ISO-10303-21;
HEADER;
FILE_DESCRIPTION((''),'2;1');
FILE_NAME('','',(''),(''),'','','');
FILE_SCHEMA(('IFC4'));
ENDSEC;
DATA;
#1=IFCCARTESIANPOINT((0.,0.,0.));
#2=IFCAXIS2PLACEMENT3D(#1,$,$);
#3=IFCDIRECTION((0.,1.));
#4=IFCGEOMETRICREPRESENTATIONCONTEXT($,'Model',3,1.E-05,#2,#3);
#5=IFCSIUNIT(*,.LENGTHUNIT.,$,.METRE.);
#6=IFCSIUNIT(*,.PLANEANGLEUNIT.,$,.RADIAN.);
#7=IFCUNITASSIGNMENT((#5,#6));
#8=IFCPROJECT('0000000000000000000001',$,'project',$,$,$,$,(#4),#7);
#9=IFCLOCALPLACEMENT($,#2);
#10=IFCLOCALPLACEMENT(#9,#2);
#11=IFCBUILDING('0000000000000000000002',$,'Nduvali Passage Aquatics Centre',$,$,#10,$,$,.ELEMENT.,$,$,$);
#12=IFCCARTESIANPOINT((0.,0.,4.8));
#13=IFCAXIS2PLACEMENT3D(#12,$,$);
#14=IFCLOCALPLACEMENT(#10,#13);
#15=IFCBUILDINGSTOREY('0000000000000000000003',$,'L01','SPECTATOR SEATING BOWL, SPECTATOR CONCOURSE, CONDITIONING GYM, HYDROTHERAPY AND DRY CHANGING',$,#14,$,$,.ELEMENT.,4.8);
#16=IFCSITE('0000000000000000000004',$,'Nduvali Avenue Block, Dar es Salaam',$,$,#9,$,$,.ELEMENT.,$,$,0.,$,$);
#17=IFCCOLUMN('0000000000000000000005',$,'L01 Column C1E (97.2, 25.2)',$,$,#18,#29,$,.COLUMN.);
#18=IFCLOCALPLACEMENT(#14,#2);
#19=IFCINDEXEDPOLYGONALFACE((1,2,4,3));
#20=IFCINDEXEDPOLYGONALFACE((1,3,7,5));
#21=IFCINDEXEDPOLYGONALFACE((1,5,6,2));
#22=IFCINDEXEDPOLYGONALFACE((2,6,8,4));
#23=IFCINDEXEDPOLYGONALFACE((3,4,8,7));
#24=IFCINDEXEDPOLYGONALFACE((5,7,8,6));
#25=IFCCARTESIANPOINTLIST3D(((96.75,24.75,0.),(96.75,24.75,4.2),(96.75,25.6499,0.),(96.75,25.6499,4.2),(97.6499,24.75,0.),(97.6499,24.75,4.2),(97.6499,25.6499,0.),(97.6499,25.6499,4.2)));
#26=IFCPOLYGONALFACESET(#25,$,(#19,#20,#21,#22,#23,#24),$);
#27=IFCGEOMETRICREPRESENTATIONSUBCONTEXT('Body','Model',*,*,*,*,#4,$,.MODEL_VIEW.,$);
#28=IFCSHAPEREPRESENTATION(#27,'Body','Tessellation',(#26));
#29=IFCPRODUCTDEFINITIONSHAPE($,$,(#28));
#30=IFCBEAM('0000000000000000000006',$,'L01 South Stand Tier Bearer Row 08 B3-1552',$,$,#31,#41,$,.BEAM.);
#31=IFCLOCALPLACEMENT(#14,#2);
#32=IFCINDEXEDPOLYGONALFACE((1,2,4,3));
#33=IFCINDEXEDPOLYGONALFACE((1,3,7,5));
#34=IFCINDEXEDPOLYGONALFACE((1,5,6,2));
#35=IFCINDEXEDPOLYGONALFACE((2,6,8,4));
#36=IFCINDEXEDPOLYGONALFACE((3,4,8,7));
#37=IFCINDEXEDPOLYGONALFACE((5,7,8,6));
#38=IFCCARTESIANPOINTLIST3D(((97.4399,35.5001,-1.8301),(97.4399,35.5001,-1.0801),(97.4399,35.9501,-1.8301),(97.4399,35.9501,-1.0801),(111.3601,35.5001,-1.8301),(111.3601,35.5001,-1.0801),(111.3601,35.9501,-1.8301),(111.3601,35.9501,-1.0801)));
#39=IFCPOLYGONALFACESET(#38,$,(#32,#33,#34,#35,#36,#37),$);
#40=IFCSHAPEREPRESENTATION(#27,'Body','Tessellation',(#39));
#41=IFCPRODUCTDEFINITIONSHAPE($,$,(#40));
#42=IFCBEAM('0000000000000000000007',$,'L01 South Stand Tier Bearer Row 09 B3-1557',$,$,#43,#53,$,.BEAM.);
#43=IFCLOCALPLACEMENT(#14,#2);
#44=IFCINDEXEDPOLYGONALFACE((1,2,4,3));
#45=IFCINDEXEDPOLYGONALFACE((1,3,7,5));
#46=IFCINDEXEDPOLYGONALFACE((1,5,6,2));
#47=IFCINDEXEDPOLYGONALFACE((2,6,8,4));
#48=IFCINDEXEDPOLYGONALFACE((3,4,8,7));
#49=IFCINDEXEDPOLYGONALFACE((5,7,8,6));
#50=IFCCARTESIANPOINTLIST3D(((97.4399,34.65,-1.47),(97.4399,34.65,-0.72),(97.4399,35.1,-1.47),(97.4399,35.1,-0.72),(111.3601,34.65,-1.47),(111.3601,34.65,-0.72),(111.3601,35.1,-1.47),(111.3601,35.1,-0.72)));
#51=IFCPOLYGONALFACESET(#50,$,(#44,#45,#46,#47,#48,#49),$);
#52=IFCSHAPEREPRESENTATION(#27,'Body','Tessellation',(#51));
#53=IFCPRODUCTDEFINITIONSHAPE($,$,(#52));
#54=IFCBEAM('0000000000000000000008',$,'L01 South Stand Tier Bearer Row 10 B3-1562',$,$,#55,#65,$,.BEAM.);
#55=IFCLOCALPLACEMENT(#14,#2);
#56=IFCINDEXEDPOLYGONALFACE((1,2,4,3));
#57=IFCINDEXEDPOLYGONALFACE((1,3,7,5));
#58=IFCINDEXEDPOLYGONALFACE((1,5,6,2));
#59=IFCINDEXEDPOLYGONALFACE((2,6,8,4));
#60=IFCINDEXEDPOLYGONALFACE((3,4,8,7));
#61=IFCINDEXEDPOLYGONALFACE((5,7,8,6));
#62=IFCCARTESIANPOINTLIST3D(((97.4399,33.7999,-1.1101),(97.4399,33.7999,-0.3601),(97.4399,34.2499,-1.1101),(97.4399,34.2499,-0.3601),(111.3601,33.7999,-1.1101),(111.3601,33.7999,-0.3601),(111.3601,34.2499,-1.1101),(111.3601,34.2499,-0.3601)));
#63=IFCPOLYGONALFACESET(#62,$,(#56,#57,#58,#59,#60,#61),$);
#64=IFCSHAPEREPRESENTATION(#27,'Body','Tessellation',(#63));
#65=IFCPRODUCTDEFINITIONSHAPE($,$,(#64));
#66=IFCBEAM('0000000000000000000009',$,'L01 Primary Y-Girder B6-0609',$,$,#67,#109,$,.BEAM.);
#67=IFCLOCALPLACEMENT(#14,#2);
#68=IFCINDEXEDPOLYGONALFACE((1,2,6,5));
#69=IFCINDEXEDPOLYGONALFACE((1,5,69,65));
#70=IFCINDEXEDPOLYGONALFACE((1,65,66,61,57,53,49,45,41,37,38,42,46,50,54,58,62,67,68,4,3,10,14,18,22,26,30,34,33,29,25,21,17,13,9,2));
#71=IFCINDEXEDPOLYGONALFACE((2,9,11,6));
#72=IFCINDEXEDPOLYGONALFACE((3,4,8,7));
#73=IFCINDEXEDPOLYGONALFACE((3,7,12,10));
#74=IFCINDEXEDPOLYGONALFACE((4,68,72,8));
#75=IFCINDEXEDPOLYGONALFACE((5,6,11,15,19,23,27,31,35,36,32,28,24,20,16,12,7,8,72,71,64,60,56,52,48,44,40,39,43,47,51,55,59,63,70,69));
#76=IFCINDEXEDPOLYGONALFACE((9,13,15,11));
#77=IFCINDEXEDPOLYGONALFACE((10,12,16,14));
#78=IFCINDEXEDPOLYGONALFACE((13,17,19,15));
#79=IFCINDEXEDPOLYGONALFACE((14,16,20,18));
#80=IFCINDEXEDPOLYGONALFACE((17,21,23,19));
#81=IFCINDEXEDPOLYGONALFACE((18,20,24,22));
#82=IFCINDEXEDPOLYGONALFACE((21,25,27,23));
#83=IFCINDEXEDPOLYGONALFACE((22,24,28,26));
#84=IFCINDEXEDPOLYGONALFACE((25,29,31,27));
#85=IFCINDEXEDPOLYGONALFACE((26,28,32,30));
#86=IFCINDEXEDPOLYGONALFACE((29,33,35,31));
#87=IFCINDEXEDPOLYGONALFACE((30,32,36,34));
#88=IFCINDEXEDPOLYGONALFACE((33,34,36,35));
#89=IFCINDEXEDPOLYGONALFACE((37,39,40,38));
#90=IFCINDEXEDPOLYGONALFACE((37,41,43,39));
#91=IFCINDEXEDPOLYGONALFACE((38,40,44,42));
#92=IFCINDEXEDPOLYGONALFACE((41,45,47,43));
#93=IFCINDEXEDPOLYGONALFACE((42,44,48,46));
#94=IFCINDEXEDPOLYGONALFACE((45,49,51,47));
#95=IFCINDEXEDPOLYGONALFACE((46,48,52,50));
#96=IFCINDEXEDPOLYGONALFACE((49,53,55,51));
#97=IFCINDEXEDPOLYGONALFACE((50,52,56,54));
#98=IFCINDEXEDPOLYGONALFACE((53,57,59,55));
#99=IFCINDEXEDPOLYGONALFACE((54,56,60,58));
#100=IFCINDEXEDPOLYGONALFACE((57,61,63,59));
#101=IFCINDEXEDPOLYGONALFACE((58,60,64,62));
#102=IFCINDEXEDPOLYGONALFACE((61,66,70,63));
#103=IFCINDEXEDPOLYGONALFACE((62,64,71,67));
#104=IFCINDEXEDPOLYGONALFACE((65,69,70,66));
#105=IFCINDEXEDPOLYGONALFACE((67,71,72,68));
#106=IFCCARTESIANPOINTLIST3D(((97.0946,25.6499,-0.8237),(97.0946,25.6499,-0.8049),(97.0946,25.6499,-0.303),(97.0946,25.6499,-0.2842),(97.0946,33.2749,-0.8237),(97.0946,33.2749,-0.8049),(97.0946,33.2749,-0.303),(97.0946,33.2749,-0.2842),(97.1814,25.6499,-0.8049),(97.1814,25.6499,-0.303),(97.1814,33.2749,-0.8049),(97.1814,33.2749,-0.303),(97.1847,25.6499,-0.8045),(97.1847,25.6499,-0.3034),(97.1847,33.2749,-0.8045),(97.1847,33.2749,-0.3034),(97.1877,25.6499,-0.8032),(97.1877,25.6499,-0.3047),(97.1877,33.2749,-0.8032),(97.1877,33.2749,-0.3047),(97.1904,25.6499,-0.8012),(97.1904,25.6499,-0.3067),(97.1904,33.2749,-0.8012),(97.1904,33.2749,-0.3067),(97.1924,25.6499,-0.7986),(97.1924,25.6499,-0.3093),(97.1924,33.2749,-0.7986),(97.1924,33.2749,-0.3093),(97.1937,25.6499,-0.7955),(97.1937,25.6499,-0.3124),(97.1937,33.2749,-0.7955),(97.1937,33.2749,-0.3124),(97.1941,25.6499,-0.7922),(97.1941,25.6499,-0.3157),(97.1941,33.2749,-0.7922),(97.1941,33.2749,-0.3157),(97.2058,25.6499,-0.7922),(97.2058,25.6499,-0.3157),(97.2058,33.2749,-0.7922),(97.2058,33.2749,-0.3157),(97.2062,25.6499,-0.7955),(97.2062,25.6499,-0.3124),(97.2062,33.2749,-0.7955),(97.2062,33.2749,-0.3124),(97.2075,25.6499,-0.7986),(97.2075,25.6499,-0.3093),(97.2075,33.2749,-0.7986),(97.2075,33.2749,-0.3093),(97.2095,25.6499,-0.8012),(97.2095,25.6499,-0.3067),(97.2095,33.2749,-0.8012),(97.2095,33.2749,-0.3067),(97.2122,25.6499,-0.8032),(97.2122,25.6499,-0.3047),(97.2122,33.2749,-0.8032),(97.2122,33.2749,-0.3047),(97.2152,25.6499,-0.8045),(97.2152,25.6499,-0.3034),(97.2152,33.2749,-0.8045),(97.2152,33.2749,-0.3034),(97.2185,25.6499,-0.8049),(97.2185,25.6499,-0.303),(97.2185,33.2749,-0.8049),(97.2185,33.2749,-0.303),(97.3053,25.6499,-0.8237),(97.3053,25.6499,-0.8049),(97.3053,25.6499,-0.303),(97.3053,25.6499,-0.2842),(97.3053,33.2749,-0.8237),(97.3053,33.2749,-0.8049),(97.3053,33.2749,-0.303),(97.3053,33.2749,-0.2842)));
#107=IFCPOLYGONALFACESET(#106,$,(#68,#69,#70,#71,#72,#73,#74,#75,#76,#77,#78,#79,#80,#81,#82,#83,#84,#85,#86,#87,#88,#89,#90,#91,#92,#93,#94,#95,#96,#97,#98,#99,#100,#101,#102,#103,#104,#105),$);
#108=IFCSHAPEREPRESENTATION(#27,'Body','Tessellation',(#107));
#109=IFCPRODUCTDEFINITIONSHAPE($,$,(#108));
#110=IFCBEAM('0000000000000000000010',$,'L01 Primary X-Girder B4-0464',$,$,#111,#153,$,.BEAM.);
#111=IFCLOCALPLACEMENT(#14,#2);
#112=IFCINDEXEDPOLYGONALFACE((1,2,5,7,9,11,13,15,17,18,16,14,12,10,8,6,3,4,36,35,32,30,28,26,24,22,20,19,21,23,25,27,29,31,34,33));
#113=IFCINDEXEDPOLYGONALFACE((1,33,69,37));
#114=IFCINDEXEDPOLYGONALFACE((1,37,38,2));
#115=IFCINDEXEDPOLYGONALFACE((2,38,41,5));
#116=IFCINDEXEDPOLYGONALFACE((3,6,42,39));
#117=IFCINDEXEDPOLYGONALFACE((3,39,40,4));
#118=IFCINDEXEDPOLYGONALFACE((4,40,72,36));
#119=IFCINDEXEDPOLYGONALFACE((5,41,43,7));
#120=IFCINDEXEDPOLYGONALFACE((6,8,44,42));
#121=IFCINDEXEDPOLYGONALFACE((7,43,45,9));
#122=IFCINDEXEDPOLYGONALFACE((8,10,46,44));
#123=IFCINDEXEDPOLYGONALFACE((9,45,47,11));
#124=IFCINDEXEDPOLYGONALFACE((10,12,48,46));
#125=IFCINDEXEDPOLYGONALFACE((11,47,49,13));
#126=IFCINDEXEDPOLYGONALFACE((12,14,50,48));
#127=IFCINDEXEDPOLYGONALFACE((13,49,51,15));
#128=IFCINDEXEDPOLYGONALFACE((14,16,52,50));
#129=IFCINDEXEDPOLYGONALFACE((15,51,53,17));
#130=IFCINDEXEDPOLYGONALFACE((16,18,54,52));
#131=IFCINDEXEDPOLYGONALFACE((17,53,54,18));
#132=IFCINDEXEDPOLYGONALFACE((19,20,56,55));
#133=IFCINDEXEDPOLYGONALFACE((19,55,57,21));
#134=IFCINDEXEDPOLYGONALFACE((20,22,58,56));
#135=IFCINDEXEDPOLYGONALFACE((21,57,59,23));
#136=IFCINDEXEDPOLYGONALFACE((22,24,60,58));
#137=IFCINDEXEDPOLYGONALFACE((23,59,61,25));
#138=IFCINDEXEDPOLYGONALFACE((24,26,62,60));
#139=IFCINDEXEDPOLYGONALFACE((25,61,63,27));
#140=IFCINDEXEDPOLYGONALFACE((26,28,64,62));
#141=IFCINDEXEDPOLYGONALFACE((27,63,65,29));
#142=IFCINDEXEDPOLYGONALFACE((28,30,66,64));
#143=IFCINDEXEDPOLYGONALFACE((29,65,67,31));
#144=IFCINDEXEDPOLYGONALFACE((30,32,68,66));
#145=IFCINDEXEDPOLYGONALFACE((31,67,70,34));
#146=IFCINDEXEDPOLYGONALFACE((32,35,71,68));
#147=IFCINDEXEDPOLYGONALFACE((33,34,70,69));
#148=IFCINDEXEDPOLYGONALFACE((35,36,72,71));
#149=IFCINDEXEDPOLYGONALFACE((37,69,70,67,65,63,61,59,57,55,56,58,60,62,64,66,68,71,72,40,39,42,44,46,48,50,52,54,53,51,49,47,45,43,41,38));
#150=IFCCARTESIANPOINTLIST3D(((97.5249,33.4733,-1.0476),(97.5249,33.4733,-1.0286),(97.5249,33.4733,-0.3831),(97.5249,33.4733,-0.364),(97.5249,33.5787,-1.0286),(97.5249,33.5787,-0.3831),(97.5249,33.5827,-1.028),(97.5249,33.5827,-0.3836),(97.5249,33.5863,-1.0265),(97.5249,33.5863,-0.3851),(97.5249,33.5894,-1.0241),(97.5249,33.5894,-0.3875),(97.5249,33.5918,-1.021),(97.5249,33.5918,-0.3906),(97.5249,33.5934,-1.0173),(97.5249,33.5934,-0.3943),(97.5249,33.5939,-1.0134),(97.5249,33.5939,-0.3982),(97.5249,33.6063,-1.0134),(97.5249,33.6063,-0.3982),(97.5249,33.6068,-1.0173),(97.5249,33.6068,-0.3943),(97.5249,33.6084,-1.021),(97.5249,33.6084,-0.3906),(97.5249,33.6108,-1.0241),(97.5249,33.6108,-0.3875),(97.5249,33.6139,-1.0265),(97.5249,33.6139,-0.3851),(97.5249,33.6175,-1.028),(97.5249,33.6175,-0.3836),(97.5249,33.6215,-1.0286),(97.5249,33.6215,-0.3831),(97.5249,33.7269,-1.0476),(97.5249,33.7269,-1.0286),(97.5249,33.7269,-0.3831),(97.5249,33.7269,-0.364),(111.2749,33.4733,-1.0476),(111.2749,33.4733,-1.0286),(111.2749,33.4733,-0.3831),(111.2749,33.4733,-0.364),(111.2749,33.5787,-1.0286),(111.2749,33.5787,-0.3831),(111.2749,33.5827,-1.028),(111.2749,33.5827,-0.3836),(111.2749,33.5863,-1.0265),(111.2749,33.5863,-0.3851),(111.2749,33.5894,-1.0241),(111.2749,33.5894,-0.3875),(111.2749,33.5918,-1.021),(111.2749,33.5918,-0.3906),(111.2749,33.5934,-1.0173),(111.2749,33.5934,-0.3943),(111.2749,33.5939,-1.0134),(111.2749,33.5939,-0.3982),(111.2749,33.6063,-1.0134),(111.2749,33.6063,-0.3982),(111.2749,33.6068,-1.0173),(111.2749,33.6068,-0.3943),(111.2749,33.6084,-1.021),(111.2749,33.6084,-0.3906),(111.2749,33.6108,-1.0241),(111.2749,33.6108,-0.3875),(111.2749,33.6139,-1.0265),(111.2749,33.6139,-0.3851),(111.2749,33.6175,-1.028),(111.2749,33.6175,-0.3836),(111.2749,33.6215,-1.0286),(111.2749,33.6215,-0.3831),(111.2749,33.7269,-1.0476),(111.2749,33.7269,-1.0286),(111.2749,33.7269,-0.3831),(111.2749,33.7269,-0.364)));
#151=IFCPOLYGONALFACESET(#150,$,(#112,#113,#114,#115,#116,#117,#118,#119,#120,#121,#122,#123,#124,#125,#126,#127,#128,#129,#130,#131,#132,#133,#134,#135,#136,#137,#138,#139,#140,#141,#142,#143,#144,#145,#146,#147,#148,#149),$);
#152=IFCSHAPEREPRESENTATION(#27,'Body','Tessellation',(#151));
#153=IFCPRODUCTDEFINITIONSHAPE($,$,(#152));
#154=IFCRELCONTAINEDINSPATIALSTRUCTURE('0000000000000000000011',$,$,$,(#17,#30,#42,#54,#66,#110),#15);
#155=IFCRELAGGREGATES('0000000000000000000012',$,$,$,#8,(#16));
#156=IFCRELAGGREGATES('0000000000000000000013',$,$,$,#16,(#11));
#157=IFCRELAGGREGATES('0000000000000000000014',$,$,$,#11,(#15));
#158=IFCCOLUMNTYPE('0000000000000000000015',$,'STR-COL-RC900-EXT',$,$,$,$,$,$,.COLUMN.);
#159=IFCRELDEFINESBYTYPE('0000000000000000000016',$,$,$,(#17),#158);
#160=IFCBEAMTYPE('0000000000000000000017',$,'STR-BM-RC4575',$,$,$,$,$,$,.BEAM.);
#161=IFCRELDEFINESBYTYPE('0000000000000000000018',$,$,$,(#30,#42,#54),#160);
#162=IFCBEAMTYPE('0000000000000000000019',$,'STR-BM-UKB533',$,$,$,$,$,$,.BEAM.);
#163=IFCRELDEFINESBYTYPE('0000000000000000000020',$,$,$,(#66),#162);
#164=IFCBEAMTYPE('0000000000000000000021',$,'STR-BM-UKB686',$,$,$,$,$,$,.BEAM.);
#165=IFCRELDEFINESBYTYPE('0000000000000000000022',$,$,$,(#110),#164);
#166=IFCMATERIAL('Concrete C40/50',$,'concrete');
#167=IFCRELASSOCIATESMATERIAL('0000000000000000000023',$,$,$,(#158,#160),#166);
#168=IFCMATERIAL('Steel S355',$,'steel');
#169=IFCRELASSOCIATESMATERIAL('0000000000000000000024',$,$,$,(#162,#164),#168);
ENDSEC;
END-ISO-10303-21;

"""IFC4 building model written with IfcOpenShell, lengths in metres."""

from ifc_helpers import new_model, si_unit, direction, frame, origin, origin_2d, place, context, subcontext, project, spatial, rectangle, i_section, extrude, material, material_profile, profile_set, type_object, element, save


model = new_model("IFC4")

# Units and contexts
model_context = context("Model", 3, precision=1e-05, world=origin(), true_north=direction((0.0, 1.0)))
body_context = subcontext(model_context, "Body", "Model", "MODEL_VIEW")
ifc_project = project(units=[si_unit("LENGTHUNIT", "METRE"), si_unit("PLANEANGLEUNIT", "RADIAN")], contexts=[model_context])

# Site, building, storey
site_placement = place(None, origin())
site = spatial("IfcSite", under=ifc_project, at=site_placement, Name="Nduvali Avenue Block, Dar es Salaam", CompositionType="ELEMENT", RefElevation=0.0)
building_placement = place(site_placement, origin())
building = spatial("IfcBuilding", under=site, at=building_placement, Name="Nduvali Passage Aquatics Centre", CompositionType="ELEMENT")
storey_placement = place(building_placement, frame((0.0, 0.0, 4.8)))
storey = spatial("IfcBuildingStorey", under=building, at=storey_placement, Name="L01", Description="SPECTATOR SEATING BOWL, SPECTATOR CONCOURSE, CONDITIONING GYM, HYDROTHERAPY AND DRY CHANGING", CompositionType="ELEMENT", Elevation=4.8)

# Column
ifc_material_1 = material(Name="Concrete C40/50", Category="concrete")
ifc_material_profile_1 = material_profile(ifc_material_1, rectangle(XDim=0.8999, YDim=0.8999, at=origin_2d()), Name="RC 900x900")
ifc_profile_set_1 = profile_set([ifc_material_profile_1], Name="Concrete C40/50")
column_type = type_object("IfcColumnType", Name="STR-COL-RC900-EXT", PredefinedType="COLUMN", material=ifc_profile_set_1)
column_placement = place(storey_placement, frame((97.2, 25.2, 0.0), z_axis=(0.0, 0.0, 1.0), x_axis=(1.0, 0.0, 0.0)))
element("IfcColumn", 1, at=column_placement, inside=storey, type_object=column_type, Name="L01 Column C1E (97.2, 25.2)", PredefinedType="COLUMN", context=body_context, shape_type="SweptSolid", body=[
    extrude(rectangle(XDim=0.8999, YDim=0.8999, at=origin_2d()), origin(), (0.0, 0.0, 1.0), 4.2),
])

# Beams
ifc_material_profile_2 = material_profile(ifc_material_1, rectangle(XDim=0.45, YDim=0.75, at=origin_2d()), Name="RC 450x750")
ifc_profile_set_2 = profile_set([ifc_material_profile_2], Name="Concrete C40/50")
beam_type_1 = type_object("IfcBeamType", Name="STR-BM-RC4575", PredefinedType="BEAM", material=ifc_profile_set_2)
for number, where, z_axis, x_axis, name in (
    (2, (97.4399, 35.7251, -1.4551), (1.0, 0.0, 0.0), (0.0, 1.0, 0.0), "L01 South Stand Tier Bearer Row 08 B3-1552"),
    (3, (97.4399, 34.875, -1.095), (1.0, 0.0, 0.0), (0.0, 1.0, 0.0), "L01 South Stand Tier Bearer Row 09 B3-1557"),
    (4, (97.4399, 34.0249, -0.7351), (1.0, 0.0, 0.0), (0.0, 1.0, 0.0), "L01 South Stand Tier Bearer Row 10 B3-1562"),
):
    element("IfcBeam", number, at=place(storey_placement, frame(where, z_axis=z_axis, x_axis=x_axis)), inside=storey, type_object=beam_type_1, Name=name, PredefinedType="BEAM", context=body_context, shape_type="SweptSolid", body=[
        extrude(rectangle(XDim=0.45, YDim=0.75, at=origin_2d()), origin(), (0.0, 0.0, 1.0), 13.9202),
    ])
ifc_material_2 = material(Name="Steel S355", Category="steel")
ifc_material_profile_3 = material_profile(ifc_material_2, i_section(OverallWidth=0.2107, OverallDepth=0.5396, WebThickness=0.0117, FlangeThickness=0.0188, FilletRadius=0.0127, at=origin_2d()), Name="UKB 533x210x109")
ifc_profile_set_3 = profile_set([ifc_material_profile_3], Name="Steel S355")
beam_type_2 = type_object("IfcBeamType", Name="STR-BM-UKB533", PredefinedType="BEAM", material=ifc_profile_set_3)
beam_1_placement = place(storey_placement, frame((97.2, 25.6499, -0.554), z_axis=(0.0, 1.0, 0.0), x_axis=(-1.0, 0.0, 0.0)))
element("IfcBeam", 5, at=beam_1_placement, inside=storey, type_object=beam_type_2, Name="L01 Primary Y-Girder B6-0609", PredefinedType="BEAM", context=body_context, shape_type="SweptSolid", body=[
    extrude(i_section(OverallWidth=0.2107, OverallDepth=0.5396, WebThickness=0.0117, FlangeThickness=0.0188, FilletRadius=0.0127, at=origin_2d()), origin(), (0.0, 0.0, 1.0), 7.625),
])
ifc_material_profile_4 = material_profile(ifc_material_2, i_section(OverallWidth=0.2537, OverallDepth=0.6836, WebThickness=0.0125, FlangeThickness=0.019, FilletRadius=0.0151, at=origin_2d()), Name="UKB 686x254x140")
ifc_profile_set_4 = profile_set([ifc_material_profile_4], Name="Steel S355")
beam_type_3 = type_object("IfcBeamType", Name="STR-BM-UKB686", PredefinedType="BEAM", material=ifc_profile_set_4)
beam_2_placement = place(storey_placement, frame((97.5249, 33.6001, -0.7058), z_axis=(1.0, 0.0, 0.0), x_axis=(0.0, 1.0, 0.0)))
element("IfcBeam", 6, at=beam_2_placement, inside=storey, type_object=beam_type_3, Name="L01 Primary X-Girder B4-0464", PredefinedType="BEAM", context=body_context, shape_type="SweptSolid", body=[
    extrude(i_section(OverallWidth=0.2537, OverallDepth=0.6836, WebThickness=0.0125, FlangeThickness=0.019, FilletRadius=0.0151, at=origin_2d()), origin(), (0.0, 0.0, 1.0), 13.75),
])

save(model, "model.ifc")
